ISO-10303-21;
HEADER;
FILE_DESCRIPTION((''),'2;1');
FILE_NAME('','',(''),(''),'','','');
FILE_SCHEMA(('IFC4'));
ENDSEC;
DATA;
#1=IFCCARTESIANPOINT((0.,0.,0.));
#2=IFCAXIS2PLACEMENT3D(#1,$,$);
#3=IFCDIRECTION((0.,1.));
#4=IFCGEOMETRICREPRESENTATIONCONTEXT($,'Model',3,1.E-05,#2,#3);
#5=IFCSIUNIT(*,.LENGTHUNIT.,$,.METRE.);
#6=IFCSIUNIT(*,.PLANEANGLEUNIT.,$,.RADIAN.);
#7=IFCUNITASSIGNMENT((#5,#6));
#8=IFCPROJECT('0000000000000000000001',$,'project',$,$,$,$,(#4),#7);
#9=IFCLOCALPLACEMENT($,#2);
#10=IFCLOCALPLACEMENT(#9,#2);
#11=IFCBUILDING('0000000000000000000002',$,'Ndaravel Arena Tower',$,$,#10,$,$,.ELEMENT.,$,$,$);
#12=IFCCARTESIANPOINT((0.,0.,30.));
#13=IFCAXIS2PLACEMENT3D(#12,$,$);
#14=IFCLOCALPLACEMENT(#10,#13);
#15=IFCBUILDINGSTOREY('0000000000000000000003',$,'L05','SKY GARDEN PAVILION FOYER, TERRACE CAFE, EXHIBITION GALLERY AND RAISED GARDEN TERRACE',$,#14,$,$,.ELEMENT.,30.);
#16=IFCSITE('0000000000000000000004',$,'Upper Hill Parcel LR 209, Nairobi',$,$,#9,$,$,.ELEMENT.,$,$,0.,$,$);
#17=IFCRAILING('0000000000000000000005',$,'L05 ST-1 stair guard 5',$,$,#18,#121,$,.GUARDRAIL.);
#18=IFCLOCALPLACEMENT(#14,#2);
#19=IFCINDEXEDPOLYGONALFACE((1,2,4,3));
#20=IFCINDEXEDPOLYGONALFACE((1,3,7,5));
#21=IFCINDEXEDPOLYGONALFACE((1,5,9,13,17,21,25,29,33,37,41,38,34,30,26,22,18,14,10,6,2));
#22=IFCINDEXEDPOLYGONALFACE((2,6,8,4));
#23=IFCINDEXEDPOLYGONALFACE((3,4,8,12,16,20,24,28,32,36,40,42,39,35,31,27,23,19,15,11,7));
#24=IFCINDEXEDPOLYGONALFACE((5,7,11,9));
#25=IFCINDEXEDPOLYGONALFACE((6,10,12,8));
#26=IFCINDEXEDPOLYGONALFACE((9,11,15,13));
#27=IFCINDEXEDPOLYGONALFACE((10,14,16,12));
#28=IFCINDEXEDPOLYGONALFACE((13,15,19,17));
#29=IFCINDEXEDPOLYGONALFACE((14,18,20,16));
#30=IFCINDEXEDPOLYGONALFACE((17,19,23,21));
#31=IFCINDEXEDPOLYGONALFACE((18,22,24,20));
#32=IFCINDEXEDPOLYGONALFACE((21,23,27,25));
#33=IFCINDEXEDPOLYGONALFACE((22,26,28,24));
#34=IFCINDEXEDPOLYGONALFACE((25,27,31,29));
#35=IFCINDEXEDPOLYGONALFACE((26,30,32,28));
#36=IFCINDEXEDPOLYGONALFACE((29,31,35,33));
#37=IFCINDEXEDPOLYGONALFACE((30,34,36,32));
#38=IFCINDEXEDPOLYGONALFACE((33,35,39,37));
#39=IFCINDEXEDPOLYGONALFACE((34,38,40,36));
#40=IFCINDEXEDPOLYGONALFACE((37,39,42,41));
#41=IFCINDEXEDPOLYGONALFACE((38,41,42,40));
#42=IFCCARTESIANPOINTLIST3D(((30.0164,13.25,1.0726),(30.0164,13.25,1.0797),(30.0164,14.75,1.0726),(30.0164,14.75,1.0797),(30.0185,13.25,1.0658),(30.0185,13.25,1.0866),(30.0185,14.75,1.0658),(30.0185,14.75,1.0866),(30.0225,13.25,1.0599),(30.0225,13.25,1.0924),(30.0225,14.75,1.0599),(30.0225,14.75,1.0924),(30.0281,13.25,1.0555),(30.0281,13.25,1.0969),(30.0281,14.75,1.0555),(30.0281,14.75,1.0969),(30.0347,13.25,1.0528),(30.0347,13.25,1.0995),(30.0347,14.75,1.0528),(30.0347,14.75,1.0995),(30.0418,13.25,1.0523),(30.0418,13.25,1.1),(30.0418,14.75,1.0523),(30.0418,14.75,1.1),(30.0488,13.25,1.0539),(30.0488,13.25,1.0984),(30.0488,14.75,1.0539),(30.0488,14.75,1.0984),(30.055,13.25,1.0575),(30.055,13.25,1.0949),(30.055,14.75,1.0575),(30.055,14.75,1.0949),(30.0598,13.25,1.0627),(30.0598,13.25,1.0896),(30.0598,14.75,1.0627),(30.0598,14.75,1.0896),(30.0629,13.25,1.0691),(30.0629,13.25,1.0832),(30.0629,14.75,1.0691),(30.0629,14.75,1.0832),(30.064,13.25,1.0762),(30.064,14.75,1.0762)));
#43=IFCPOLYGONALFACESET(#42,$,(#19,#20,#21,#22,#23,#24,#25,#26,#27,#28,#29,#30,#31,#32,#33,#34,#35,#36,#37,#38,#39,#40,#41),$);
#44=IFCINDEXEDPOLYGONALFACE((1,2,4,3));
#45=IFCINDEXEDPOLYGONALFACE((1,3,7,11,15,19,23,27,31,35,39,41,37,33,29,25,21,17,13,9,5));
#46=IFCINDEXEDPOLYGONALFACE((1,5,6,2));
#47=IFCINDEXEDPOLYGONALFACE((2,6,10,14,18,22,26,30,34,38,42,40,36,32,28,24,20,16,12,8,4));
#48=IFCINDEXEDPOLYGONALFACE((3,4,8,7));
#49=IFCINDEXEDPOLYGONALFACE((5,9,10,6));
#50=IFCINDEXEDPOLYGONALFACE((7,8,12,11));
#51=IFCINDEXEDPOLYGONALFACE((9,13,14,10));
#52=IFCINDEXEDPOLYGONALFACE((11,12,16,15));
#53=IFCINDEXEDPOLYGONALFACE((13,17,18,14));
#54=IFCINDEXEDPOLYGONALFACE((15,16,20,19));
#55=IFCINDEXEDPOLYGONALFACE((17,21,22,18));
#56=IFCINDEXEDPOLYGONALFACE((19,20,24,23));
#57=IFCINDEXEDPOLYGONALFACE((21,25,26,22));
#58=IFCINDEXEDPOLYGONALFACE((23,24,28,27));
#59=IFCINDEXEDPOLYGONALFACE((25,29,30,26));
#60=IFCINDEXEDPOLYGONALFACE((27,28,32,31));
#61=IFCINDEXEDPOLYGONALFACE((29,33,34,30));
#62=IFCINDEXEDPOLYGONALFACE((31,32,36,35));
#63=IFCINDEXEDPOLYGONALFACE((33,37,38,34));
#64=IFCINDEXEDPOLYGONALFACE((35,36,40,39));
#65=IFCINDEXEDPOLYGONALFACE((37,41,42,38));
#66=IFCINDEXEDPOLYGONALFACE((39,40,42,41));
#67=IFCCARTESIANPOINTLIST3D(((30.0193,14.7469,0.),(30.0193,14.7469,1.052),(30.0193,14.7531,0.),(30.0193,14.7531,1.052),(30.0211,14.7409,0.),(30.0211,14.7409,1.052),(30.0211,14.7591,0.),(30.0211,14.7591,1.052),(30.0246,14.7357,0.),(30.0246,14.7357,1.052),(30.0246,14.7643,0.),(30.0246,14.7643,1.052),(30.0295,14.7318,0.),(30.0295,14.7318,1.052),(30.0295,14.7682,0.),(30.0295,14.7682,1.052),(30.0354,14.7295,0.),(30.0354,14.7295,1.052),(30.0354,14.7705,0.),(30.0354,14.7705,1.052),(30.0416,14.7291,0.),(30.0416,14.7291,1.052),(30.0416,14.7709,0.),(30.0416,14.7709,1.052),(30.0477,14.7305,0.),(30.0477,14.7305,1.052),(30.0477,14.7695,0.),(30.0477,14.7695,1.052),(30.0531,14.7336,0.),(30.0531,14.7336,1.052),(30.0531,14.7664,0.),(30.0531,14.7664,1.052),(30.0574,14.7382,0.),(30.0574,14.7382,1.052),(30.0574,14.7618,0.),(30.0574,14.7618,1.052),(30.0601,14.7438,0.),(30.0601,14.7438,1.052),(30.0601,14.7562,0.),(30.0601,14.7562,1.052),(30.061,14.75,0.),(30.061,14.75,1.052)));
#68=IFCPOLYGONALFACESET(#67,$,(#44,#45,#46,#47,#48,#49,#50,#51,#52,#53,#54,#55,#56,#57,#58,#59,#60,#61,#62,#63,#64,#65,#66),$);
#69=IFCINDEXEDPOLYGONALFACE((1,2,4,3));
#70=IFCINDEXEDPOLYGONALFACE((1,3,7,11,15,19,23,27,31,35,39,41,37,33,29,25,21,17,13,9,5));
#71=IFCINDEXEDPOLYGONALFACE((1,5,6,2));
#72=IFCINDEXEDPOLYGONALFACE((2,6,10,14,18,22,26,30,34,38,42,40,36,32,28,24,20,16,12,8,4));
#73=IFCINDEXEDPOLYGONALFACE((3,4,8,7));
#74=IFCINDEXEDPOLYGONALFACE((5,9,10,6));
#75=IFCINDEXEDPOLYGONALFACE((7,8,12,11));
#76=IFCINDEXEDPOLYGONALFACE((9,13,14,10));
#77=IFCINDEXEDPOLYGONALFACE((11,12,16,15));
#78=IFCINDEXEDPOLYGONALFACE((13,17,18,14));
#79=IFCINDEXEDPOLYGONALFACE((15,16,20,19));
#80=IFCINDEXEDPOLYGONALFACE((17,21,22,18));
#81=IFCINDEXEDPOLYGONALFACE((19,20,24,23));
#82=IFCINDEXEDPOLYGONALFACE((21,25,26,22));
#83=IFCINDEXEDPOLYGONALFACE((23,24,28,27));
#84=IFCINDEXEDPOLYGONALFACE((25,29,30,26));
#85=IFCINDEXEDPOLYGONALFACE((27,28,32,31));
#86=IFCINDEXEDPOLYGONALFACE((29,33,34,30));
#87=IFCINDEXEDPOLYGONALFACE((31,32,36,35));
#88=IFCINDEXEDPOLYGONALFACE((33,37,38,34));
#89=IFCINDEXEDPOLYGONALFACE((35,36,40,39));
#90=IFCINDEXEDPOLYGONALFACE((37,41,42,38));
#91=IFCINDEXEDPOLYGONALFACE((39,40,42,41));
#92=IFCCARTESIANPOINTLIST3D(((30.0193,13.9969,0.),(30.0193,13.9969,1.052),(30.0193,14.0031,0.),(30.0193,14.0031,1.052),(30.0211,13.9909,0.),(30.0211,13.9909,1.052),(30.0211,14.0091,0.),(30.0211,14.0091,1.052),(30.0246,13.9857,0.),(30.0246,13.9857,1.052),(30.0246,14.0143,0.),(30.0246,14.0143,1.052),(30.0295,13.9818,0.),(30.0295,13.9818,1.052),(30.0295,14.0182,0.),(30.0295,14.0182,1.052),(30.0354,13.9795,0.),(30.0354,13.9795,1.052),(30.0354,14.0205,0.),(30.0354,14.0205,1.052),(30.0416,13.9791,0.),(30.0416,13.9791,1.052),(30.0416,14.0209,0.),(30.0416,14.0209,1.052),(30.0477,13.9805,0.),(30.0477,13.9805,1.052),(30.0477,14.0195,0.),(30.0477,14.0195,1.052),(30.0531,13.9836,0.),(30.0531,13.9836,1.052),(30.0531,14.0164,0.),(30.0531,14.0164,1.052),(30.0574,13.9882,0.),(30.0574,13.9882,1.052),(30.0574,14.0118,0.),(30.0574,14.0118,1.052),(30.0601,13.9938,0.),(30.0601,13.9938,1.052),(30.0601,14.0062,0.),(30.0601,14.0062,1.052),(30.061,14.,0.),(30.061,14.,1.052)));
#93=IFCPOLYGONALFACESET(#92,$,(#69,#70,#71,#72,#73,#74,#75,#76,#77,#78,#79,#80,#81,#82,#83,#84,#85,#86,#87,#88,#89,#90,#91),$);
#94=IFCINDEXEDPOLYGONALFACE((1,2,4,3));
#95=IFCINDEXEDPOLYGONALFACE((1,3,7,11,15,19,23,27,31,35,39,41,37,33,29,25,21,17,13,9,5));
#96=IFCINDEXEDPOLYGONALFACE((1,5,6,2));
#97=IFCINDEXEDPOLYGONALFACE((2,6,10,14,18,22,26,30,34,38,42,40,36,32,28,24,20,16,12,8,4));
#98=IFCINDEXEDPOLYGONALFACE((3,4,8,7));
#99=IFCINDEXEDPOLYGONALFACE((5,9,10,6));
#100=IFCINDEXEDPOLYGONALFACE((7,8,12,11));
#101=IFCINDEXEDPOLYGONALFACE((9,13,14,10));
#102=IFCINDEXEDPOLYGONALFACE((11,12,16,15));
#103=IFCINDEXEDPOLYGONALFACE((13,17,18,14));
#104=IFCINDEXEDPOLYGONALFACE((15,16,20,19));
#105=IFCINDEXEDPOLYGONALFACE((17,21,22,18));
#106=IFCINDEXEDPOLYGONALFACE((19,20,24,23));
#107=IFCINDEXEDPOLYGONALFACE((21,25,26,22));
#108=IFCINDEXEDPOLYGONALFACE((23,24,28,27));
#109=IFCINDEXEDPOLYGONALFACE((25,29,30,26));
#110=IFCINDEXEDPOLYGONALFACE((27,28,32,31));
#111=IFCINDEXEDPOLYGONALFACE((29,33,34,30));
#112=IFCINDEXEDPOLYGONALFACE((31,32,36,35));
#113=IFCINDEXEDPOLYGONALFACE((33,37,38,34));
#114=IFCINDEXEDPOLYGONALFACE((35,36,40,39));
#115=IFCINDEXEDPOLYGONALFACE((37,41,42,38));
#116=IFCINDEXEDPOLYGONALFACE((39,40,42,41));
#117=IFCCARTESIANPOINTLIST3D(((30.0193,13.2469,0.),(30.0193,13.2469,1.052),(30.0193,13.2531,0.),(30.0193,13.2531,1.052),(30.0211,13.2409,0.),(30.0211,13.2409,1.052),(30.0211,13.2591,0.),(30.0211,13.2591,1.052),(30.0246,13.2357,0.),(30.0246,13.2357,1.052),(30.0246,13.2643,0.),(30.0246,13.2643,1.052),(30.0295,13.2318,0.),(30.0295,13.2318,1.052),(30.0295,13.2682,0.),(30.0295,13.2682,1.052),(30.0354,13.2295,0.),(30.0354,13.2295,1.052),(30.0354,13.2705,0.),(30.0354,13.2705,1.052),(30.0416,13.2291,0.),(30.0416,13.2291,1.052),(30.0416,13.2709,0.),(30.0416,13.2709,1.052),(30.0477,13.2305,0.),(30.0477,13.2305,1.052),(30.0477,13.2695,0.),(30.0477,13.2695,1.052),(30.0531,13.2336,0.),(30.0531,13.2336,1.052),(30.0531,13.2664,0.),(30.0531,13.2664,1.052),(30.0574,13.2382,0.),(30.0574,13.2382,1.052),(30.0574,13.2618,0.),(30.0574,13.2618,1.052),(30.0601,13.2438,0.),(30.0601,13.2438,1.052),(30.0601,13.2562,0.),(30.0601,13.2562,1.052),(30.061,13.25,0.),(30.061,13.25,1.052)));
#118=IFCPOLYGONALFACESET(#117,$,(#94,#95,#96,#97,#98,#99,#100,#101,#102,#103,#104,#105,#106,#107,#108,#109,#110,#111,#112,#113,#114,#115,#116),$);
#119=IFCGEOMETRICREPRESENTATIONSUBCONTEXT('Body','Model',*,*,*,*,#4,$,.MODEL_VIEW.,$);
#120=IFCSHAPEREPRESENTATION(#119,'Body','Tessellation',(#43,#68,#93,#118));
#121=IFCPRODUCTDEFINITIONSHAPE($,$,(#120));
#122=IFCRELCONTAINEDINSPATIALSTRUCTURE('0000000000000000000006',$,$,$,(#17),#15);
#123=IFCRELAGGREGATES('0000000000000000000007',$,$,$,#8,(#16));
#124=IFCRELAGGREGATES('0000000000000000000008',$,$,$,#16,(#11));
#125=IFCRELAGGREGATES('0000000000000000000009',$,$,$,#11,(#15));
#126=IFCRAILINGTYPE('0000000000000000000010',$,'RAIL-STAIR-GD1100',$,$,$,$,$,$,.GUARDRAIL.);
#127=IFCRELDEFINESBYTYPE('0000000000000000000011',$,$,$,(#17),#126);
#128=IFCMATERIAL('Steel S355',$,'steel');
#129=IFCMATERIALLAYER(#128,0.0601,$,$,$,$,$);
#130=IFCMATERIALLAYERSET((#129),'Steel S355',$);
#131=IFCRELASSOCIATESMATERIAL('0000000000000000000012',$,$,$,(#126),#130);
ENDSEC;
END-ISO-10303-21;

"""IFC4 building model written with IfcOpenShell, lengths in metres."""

from ifc_helpers import new_model, si_unit, direction, frame, origin, origin_2d, place, context, subcontext, project, spatial, circle, extrude, material, layer, layer_set, type_object, element, save


model = new_model("IFC4")

# Units and contexts
model_context = context("Model", 3, precision=1e-05, world=origin(), true_north=direction((0.0, 1.0)))
body_context = subcontext(model_context, "Body", "Model", "MODEL_VIEW")
ifc_project = project(units=[si_unit("LENGTHUNIT", "METRE"), si_unit("PLANEANGLEUNIT", "RADIAN")], contexts=[model_context])

# Site, building, storey
site_placement = place(None, origin())
site = spatial("IfcSite", under=ifc_project, at=site_placement, Name="Upper Hill Parcel LR 209, Nairobi", CompositionType="ELEMENT", RefElevation=0.0)
building_placement = place(site_placement, origin())
building = spatial("IfcBuilding", under=site, at=building_placement, Name="Ndaravel Arena Tower", CompositionType="ELEMENT")
storey_placement = place(building_placement, frame((0.0, 0.0, 30.0)))
storey = spatial("IfcBuildingStorey", under=building, at=storey_placement, Name="L05", Description="SKY GARDEN PAVILION FOYER, TERRACE CAFE, EXHIBITION GALLERY AND RAISED GARDEN TERRACE", CompositionType="ELEMENT", Elevation=30.0)

# Railing
ifc_material_1 = material(Name="Steel S355", Category="steel")
ifc_layer_1 = layer(ifc_material_1, 0.0601)
ifc_layer_set_1 = layer_set([ifc_layer_1], Name="Steel S355")
railing_type = type_object("IfcRailingType", Name="RAIL-STAIR-GD1100", PredefinedType="GUARDRAIL", material=ifc_layer_set_1)
railing_1_placement = place(storey_placement, frame((30.04, 14.75, 0.0)))
element("IfcRailing", 1, at=railing_1_placement, inside=storey, type_object=railing_type, Name="L05 ST-1 stair guard 5", PredefinedType="GUARDRAIL", context=body_context, shape_type="SweptSolid", body=[
    extrude(circle(Radius=0.0239, at=origin_2d()), frame((0.0, 0.0, 1.0762), z_axis=(0.0, -1.0, 0.0), x_axis=(1.0, 0.0, 0.0)), (0.0, 0.0, 1.0), 1.5),
    extrude(circle(Radius=0.021, at=origin_2d()), origin(), (0.0, 0.0, 1.0), 1.052),
    extrude(circle(Radius=0.021, at=origin_2d()), frame((0.0, -0.75, 0.0)), (0.0, 0.0, 1.0), 1.052),
    extrude(circle(Radius=0.021, at=origin_2d()), frame((0.0, -1.5, 0.0)), (0.0, 0.0, 1.0), 1.052),
])

save(model, "model.ifc")
